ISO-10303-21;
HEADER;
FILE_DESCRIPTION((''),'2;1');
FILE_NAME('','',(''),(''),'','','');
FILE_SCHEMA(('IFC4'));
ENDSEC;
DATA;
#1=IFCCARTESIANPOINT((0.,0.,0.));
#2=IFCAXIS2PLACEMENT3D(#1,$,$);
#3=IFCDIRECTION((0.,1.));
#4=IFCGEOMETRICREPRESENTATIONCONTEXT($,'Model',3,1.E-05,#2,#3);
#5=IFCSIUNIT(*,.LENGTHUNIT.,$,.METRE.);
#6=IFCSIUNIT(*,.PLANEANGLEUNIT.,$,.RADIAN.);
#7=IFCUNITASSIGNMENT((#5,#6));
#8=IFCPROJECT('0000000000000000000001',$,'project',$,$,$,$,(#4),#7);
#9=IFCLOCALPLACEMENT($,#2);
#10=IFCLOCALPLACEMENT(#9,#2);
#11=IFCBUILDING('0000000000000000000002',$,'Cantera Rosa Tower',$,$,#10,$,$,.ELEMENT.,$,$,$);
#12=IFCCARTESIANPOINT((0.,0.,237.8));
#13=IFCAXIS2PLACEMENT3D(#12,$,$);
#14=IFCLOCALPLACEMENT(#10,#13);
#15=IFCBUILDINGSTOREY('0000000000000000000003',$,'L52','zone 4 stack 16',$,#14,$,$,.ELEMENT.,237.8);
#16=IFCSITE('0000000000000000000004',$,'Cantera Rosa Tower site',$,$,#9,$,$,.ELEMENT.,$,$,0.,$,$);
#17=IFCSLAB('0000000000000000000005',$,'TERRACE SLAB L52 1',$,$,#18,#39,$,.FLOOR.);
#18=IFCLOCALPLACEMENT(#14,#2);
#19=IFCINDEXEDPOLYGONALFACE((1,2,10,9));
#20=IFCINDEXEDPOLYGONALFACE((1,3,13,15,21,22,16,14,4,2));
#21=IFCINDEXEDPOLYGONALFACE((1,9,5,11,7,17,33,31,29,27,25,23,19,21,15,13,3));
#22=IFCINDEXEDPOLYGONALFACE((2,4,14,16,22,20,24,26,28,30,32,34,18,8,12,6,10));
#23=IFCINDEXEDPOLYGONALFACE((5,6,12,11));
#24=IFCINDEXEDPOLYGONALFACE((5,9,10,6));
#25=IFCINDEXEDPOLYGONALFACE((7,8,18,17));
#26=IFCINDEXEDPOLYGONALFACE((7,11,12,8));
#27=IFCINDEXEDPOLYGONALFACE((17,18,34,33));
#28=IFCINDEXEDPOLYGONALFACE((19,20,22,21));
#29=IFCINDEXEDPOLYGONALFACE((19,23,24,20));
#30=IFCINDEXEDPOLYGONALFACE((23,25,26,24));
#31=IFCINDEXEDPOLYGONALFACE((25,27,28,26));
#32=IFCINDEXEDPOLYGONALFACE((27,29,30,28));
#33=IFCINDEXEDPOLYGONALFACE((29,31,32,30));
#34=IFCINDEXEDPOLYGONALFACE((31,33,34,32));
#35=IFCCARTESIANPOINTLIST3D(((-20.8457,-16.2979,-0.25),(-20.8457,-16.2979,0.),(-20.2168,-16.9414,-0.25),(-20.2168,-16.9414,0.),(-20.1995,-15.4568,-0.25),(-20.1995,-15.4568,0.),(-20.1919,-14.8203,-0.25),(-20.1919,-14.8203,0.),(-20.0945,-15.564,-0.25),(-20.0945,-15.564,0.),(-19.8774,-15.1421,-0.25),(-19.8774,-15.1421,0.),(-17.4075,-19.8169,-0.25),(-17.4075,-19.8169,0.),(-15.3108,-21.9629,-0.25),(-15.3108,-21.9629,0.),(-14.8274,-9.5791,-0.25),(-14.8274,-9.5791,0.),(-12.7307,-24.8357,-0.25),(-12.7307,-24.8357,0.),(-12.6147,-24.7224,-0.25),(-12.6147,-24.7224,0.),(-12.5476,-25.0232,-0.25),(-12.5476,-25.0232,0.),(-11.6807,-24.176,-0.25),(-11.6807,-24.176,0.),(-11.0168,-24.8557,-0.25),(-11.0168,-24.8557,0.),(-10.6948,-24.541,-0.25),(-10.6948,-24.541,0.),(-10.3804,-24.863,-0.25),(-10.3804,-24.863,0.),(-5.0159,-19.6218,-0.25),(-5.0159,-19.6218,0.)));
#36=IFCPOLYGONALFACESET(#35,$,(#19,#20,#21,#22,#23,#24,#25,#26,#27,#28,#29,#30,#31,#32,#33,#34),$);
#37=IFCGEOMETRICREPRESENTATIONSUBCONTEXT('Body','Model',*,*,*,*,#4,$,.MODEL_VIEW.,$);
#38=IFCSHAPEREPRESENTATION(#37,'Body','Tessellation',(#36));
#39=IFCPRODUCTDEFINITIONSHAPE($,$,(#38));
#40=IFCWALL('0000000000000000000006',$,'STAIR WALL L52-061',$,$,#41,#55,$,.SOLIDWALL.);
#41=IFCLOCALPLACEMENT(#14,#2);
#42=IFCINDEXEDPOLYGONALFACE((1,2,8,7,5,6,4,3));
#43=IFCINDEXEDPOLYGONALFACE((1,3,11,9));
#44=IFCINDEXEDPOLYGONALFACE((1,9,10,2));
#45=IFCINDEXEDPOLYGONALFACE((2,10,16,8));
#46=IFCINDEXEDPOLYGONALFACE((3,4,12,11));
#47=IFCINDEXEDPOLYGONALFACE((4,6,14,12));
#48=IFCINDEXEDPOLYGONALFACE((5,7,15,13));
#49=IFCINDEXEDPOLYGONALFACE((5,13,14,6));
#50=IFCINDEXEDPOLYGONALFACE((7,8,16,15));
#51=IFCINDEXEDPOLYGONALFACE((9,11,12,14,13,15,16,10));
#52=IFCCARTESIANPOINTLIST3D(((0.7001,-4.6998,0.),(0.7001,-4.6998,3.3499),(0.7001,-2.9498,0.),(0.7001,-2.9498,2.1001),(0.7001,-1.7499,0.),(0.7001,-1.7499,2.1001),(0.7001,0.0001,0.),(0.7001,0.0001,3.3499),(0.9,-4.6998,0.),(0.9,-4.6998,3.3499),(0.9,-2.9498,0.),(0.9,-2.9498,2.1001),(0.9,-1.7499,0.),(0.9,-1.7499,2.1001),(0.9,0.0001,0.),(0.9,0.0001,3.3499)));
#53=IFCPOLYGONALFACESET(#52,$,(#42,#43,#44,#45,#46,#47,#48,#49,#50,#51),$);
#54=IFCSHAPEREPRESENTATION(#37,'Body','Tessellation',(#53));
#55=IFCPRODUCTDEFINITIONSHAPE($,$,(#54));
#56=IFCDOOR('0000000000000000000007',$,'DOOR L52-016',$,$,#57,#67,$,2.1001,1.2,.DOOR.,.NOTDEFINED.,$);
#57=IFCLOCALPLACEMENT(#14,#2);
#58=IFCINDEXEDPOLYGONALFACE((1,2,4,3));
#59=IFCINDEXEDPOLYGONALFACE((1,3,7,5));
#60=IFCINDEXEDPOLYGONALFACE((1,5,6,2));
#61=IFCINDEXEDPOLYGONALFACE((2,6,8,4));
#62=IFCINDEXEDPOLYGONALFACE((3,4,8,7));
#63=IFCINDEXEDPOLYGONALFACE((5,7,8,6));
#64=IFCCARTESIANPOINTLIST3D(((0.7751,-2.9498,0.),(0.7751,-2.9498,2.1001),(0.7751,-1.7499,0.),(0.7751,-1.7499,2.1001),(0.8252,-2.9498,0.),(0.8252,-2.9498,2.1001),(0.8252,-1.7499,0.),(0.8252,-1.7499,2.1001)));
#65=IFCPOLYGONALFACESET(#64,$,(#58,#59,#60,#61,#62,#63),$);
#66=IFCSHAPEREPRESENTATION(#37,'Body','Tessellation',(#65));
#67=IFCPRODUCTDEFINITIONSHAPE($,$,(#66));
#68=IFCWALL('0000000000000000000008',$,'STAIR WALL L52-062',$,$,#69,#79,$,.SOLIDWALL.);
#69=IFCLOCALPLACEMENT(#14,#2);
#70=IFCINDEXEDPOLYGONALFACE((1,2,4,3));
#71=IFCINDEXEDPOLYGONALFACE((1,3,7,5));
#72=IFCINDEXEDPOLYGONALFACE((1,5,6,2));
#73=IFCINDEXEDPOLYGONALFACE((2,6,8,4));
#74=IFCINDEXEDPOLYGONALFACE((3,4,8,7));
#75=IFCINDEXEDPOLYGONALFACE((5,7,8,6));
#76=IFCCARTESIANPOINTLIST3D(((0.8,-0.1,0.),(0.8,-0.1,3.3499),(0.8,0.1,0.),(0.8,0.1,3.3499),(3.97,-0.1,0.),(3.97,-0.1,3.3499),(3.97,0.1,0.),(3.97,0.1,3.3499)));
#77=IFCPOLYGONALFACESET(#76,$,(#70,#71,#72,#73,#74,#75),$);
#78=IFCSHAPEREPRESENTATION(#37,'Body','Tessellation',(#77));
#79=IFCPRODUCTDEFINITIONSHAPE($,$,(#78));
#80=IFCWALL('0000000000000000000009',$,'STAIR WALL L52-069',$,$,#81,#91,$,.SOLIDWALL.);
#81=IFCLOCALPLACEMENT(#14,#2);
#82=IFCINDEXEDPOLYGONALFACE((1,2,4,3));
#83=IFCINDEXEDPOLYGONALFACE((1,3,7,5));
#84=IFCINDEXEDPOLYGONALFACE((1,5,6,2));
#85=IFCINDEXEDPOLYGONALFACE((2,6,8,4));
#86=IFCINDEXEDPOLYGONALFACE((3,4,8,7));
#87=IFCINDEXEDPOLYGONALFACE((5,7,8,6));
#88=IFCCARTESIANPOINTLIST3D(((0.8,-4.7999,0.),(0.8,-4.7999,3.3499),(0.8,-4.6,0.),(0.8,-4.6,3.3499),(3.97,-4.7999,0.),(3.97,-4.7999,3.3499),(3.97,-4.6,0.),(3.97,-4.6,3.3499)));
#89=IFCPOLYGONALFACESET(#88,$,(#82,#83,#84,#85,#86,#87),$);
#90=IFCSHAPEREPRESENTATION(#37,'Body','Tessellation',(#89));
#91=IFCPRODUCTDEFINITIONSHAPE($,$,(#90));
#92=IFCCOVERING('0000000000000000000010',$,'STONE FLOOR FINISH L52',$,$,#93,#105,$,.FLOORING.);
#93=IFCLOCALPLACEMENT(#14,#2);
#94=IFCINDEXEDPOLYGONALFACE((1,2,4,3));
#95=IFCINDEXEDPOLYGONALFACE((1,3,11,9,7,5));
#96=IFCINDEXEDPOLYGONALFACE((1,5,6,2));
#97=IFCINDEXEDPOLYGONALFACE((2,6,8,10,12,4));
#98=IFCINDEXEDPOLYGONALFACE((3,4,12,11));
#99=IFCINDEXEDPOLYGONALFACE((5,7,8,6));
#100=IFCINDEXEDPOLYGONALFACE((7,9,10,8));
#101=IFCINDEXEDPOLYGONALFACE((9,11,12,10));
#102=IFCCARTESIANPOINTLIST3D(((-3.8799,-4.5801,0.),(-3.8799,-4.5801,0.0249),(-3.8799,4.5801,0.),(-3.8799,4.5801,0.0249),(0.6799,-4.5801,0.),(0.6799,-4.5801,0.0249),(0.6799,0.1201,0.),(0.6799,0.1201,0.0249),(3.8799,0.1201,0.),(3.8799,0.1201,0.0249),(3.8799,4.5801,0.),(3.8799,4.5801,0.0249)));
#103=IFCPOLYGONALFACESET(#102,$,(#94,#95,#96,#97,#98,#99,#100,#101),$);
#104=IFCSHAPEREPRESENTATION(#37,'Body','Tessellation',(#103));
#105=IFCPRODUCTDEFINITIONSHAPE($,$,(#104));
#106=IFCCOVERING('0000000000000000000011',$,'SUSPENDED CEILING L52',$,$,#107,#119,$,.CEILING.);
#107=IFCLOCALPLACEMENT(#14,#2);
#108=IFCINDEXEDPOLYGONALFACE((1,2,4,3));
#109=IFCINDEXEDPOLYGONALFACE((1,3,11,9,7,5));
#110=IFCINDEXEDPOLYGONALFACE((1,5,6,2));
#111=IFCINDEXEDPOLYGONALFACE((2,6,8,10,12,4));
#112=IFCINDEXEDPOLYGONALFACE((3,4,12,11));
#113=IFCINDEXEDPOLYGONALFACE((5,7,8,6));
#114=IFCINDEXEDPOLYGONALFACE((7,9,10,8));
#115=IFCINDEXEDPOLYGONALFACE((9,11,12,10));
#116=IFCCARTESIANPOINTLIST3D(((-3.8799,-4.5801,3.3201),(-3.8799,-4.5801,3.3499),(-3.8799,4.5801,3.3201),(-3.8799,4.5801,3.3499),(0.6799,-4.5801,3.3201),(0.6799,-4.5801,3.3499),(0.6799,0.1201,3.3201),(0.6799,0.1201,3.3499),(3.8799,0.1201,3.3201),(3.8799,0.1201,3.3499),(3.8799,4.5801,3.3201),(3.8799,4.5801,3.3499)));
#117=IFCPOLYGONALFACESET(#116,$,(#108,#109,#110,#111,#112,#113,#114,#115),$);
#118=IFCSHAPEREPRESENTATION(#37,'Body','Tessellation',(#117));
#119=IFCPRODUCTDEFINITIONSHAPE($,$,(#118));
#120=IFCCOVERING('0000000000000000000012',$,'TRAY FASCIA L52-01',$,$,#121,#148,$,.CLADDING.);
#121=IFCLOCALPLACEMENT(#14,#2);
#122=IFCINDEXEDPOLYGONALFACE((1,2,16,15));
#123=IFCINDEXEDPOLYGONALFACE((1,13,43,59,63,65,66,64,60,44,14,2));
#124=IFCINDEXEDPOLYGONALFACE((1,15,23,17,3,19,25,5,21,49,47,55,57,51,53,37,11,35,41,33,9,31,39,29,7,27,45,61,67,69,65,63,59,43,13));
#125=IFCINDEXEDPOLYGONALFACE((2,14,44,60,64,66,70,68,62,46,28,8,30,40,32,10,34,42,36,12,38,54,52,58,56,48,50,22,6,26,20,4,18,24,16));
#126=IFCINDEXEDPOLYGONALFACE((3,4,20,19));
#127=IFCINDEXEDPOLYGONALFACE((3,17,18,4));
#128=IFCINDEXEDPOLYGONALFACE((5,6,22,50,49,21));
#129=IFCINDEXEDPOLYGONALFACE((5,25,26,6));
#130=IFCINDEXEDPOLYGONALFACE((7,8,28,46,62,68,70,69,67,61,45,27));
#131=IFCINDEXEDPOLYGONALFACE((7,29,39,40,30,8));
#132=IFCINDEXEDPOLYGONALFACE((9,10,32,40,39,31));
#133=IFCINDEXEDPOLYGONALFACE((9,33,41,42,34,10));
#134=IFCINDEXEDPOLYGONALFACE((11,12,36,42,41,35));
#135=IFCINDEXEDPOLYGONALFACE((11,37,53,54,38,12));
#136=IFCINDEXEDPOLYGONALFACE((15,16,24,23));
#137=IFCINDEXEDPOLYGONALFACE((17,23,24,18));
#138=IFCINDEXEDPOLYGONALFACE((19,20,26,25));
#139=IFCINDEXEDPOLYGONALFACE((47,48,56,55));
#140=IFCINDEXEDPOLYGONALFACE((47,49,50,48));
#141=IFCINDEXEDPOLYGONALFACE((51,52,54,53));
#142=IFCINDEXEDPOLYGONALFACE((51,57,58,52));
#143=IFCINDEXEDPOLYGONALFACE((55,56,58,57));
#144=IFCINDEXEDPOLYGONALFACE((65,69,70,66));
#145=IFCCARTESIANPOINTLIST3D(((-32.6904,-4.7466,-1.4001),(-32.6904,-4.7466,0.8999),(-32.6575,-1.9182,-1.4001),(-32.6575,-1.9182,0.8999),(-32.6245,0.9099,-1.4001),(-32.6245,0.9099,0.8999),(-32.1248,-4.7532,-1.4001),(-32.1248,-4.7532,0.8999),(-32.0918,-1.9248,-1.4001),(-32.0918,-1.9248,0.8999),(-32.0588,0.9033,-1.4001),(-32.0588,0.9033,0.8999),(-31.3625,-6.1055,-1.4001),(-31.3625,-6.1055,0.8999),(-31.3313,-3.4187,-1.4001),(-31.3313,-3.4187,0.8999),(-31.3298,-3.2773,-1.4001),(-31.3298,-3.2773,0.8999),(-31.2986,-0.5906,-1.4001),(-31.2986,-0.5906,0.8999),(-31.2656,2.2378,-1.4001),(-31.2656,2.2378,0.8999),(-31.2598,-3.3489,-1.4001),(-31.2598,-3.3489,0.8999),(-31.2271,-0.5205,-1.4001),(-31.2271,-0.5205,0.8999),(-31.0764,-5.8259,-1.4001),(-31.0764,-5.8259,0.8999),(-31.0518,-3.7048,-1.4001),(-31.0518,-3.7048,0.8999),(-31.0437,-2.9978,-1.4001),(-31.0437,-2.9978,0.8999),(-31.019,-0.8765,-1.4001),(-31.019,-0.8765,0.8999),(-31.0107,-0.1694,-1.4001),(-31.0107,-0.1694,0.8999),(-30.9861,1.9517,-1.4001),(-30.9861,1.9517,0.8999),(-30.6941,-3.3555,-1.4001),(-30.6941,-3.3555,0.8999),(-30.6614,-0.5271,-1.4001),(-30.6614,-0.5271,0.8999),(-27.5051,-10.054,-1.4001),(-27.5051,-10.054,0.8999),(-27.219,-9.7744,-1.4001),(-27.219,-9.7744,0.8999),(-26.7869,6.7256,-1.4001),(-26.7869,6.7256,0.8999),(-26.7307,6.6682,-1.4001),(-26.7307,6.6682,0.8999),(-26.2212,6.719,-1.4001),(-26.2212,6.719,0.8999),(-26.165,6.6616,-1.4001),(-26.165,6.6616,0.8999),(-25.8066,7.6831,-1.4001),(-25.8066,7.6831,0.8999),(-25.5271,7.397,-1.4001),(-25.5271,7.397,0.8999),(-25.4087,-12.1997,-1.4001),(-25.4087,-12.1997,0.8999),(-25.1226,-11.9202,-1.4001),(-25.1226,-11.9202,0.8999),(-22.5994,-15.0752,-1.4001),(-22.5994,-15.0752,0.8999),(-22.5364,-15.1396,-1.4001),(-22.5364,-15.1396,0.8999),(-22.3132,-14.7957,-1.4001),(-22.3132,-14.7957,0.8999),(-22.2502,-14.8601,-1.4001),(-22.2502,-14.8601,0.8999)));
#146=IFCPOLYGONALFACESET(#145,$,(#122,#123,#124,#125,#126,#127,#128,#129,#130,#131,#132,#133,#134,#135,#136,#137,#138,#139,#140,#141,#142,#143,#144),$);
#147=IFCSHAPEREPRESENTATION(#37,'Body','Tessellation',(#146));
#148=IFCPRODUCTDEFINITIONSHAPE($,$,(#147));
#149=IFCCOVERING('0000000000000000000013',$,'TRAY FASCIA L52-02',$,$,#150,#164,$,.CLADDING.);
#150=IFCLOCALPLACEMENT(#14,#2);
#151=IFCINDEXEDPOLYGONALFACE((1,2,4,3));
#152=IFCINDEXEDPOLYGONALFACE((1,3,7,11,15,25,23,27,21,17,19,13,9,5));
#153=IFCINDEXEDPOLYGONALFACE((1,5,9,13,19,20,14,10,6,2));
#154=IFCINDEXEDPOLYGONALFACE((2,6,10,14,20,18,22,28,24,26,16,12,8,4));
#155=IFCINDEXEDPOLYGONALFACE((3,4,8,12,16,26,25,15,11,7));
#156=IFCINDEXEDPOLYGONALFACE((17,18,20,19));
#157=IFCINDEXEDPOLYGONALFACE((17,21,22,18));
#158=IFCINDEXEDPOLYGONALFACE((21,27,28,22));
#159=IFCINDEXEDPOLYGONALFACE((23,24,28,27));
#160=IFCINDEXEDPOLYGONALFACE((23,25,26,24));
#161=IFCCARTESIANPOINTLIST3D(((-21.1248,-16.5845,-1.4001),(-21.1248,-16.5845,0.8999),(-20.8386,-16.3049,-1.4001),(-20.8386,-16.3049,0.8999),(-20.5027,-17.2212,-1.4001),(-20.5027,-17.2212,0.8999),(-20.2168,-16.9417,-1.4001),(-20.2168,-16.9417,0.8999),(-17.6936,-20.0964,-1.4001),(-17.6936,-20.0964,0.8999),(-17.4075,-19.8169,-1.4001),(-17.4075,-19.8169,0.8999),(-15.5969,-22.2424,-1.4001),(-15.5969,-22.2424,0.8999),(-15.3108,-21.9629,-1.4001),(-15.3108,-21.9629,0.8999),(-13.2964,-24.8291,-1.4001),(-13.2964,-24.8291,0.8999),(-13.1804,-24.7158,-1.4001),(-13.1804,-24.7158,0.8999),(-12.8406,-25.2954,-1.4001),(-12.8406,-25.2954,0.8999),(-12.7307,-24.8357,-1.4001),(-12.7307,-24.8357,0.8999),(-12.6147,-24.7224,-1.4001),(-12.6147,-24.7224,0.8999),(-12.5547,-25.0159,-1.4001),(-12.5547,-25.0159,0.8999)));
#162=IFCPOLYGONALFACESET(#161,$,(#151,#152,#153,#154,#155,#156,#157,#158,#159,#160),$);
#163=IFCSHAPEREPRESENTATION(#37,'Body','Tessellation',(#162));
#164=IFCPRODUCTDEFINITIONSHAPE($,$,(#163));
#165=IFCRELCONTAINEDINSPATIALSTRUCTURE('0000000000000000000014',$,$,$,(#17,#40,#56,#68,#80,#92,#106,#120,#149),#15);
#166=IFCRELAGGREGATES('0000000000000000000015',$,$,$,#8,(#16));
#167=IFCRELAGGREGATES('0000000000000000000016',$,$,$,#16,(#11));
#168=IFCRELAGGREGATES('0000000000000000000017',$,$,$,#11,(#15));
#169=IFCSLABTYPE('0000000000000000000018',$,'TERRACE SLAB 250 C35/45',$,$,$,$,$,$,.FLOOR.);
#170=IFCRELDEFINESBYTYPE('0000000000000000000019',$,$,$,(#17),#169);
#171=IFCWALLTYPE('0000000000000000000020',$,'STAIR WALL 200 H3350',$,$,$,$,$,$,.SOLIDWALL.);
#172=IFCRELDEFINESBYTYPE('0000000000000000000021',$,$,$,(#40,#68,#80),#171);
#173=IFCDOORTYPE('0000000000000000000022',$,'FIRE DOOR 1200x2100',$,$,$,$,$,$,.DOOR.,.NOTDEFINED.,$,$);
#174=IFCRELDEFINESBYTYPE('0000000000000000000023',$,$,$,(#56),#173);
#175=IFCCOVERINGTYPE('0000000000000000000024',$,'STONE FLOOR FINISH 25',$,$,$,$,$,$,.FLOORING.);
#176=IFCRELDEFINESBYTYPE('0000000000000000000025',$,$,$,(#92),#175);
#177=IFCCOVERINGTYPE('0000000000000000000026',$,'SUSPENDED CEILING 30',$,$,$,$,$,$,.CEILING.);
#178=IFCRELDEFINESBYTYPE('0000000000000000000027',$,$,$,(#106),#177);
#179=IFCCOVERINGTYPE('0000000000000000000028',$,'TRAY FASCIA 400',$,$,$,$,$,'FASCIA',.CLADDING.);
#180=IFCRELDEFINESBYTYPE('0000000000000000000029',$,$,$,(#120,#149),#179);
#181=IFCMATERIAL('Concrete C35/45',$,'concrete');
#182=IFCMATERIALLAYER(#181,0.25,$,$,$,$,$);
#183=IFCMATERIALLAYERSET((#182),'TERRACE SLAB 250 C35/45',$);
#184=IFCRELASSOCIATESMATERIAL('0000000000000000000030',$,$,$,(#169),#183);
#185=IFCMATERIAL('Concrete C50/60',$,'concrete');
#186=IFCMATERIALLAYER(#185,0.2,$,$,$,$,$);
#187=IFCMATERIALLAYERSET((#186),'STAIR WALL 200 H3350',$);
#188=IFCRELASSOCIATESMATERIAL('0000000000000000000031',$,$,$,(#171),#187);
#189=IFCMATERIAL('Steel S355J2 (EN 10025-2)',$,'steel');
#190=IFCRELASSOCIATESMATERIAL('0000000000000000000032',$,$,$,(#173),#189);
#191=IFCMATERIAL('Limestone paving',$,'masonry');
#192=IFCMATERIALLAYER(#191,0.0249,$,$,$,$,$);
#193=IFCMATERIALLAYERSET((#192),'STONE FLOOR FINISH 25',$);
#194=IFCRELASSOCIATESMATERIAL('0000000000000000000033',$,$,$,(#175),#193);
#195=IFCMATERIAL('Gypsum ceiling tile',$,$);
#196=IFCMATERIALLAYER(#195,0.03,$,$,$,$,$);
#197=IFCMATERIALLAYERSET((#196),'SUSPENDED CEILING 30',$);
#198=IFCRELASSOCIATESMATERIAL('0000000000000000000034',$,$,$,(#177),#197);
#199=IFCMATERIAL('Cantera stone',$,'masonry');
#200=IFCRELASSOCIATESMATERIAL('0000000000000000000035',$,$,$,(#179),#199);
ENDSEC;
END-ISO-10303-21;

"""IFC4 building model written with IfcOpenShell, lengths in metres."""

from ifc_helpers import new_model, si_unit, direction, frame, frame_2d, origin, place, context, subcontext, project, spatial, polyline, rectangle, outline, extrude, material, layer, layer_set, type_object, element, fill, save


model = new_model("IFC4")

# Units and contexts
model_context = context("Model", 3, precision=1e-05, world=origin(), true_north=direction((0.0, 1.0)))
body_context = subcontext(model_context, "Body", "Model", "MODEL_VIEW")
ifc_project = project(units=[si_unit("LENGTHUNIT", "METRE"), si_unit("PLANEANGLEUNIT", "RADIAN")], contexts=[model_context])

# Site, building, storey
site_placement = place(None, origin())
site = spatial("IfcSite", under=ifc_project, at=site_placement, Name="Cantera Rosa Tower site", CompositionType="ELEMENT", RefElevation=0.0)
building_placement = place(site_placement, origin())
building = spatial("IfcBuilding", under=site, at=building_placement, Name="Cantera Rosa Tower", CompositionType="ELEMENT")
storey_placement = place(building_placement, frame((0.0, 0.0, 237.8)))
storey = spatial("IfcBuildingStorey", under=building, at=storey_placement, Name="L52", Description="zone 4 stack 16", CompositionType="ELEMENT", Elevation=237.8)

# Slab
ifc_material_1 = material(Name="Concrete C35/45", Category="concrete")
ifc_layer_1 = layer(ifc_material_1, 0.25)
ifc_layer_set_1 = layer_set([ifc_layer_1], Name="TERRACE SLAB 250 C35/45")
slab_type_1 = type_object("IfcSlabType", Name="TERRACE SLAB 250 C35/45", PredefinedType="FLOOR", material=ifc_layer_set_1)
slab_1_placement = place(storey_placement, frame((0.0, 0.0, -0.25)))
element("IfcSlab", 1, at=slab_1_placement, inside=storey, type_object=slab_type_1, Name="TERRACE SLAB L52 1", PredefinedType="FLOOR", context=body_context, shape_type="SweptSolid", body=[
    extrude(outline(polyline([(-20.2168, -16.9414), (-20.8457, -16.2979), (-20.0945, -15.564), (-20.1995, -15.4568), (-19.8774, -15.1421), (-20.1919, -14.8203), (-14.8274, -9.5791), (-5.0159, -19.6218), (-10.3804, -24.863), (-10.6948, -24.541), (-11.0168, -24.8557), (-11.6807, -24.176), (-12.5476, -25.0232), (-12.7307, -24.8357), (-12.6147, -24.7224), (-15.3108, -21.9629), (-17.4075, -19.8169), (-20.2168, -16.9414)])), origin(), (0.0, 0.0, 1.0), 0.25),
])

# Wall, opening, door
ifc_material_2 = material(Name="Concrete C50/60", Category="concrete")
ifc_layer_2 = layer(ifc_material_2, 0.2)
ifc_layer_set_2 = layer_set([ifc_layer_2], Name="STAIR WALL 200 H3350")
wall_type = type_object("IfcWallType", Name="STAIR WALL 200 H3350", PredefinedType="SOLIDWALL", material=ifc_layer_set_2)
wall_placement = place(storey_placement, frame((0.8, -4.7, 0.0), z_axis=(0.0, 0.0, 1.0), x_axis=(0.0, 1.0, 0.0)))
wall = element("IfcWall", 2, at=wall_placement, inside=storey, type_object=wall_type, Name="STAIR WALL L52-061", PredefinedType="SOLIDWALL", context=body_context, shape_type="SweptSolid", body=[
    extrude(rectangle(XDim=4.7, YDim=0.2, at=frame_2d((2.3501, 0.0))), origin(), (0.0, 0.0, 1.0), 3.3499),
])
opening_placement = place(wall_placement, frame((1.75, 0.0, 0.0)))
opening = element("IfcOpeningElement", 3, at=opening_placement, cuts=wall, PredefinedType="OPENING", context=body_context, shape_type="SweptSolid", body=[
    extrude(rectangle(XDim=1.2, YDim=2.1001, at=frame_2d((0.6001, 1.05))), frame((0.0, 0.1099, 0.0), z_axis=(0.0, -1.0, 0.0), x_axis=(1.0, 0.0, 0.0)), (0.0, 0.0, 1.0), 0.22),
])
ifc_material_3 = material(Name="Steel S355J2 (EN 10025-2)", Category="steel")
door_type = type_object("IfcDoorType", Name="FIRE DOOR 1200x2100", OperationType="NOTDEFINED", PredefinedType="DOOR", material=ifc_material_3)
door_placement = place(opening_placement, origin())
door = element("IfcDoor", 4, at=door_placement, inside=storey, type_object=door_type, Name="DOOR L52-016", OperationType="NOTDEFINED", OverallHeight=2.1001, OverallWidth=1.2, PredefinedType="DOOR", context=body_context, shape_type="SweptSolid", body=[
    extrude(rectangle(XDim=1.2, YDim=2.1001, at=frame_2d((0.6001, 1.05))), frame((0.0, 0.0249, 0.0), z_axis=(0.0, -1.0, 0.0), x_axis=(1.0, 0.0, 0.0)), (0.0, 0.0, 1.0), 0.05),
])
fill(opening, door)

# Walls
for number, where, z_axis, x_axis, name in (
    (5, (0.8, 0.0, 0.0), (0.0, 0.0, 1.0), (1.0, 0.0, 0.0), "STAIR WALL L52-062"),
    (6, (3.97, -4.7, 0.0), (0.0, 0.0, 1.0), (-1.0, 0.0, 0.0), "STAIR WALL L52-069"),
):
    element("IfcWall", number, at=place(storey_placement, frame(where, z_axis=z_axis, x_axis=x_axis)), inside=storey, type_object=wall_type, Name=name, PredefinedType="SOLIDWALL", context=body_context, shape_type="SweptSolid", body=[
        extrude(rectangle(XDim=3.1699, YDim=0.2, at=frame_2d((1.585, 0.0))), origin(), (0.0, 0.0, 1.0), 3.3499),
    ])

# Coverings
ifc_material_4 = material(Name="Limestone paving", Category="masonry")
ifc_layer_3 = layer(ifc_material_4, 0.0249)
ifc_layer_set_3 = layer_set([ifc_layer_3], Name="STONE FLOOR FINISH 25")
covering_type_1 = type_object("IfcCoveringType", Name="STONE FLOOR FINISH 25", PredefinedType="FLOORING", material=ifc_layer_set_3)
covering_1_placement = place(storey_placement, origin())
element("IfcCovering", 7, at=covering_1_placement, inside=storey, type_object=covering_type_1, Name="STONE FLOOR FINISH L52", PredefinedType="FLOORING", context=body_context, shape_type="SweptSolid", body=[
    extrude(outline(polyline([(3.8799, 4.5801), (3.8799, 0.1201), (0.6799, 0.1201), (0.6799, -4.5801), (-3.8799, -4.5801), (-3.8799, 4.5801), (3.8799, 4.5801)])), origin(), (0.0, 0.0, 1.0), 0.0249),
])
ifc_material_5 = material(Name="Gypsum ceiling tile")
ifc_layer_4 = layer(ifc_material_5, 0.03)
ifc_layer_set_4 = layer_set([ifc_layer_4], Name="SUSPENDED CEILING 30")
covering_type_2 = type_object("IfcCoveringType", Name="SUSPENDED CEILING 30", PredefinedType="CEILING", material=ifc_layer_set_4)
covering_2_placement = place(storey_placement, frame((0.0, 0.0, 3.3201)))
element("IfcCovering", 8, at=covering_2_placement, inside=storey, type_object=covering_type_2, Name="SUSPENDED CEILING L52", PredefinedType="CEILING", context=body_context, shape_type="SweptSolid", body=[
    extrude(outline(polyline([(3.8799, 4.5801), (3.8799, 0.1201), (0.6799, 0.1201), (0.6799, -4.5801), (-3.8799, -4.5801), (-3.8799, 4.5801), (3.8799, 4.5801)])), origin(), (0.0, 0.0, 1.0), 0.0298),
])
ifc_material_6 = material(Name="Cantera stone", Category="masonry")
covering_type_3 = type_object("IfcCoveringType", Name="TRAY FASCIA 400", ElementType="FASCIA", PredefinedType="CLADDING", material=ifc_material_6)
covering_3_placement = place(storey_placement, frame((0.0, 0.0, -1.4001)))
element("IfcCovering", 9, at=covering_3_placement, inside=storey, type_object=covering_type_3, Name="TRAY FASCIA L52-01", PredefinedType="CLADDING", context=body_context, shape_type="SweptSolid", body=[
    extrude(outline(polyline([(-25.8066, 7.6831), (-25.5271, 7.397), (-26.2212, 6.719), (-26.165, 6.6616), (-30.9861, 1.9517), (-32.0588, 0.9033), (-31.0107, -0.1694), (-30.6614, -0.5271), (-31.019, -0.8765), (-32.0918, -1.9248), (-31.0437, -2.9978), (-30.6941, -3.3555), (-31.0518, -3.7048), (-32.1248, -4.7532), (-31.0764, -5.8259), (-27.219, -9.7744), (-25.1226, -11.9202), (-22.3132, -14.7957), (-22.2502, -14.8601), (-22.5364, -15.1396), (-22.5994, -15.0752), (-25.4087, -12.1997), (-27.5051, -10.054), (-31.3625, -6.1055), (-32.6904, -4.7466), (-31.3313, -3.4187), (-31.2598, -3.3489), (-31.3298, -3.2773), (-32.6575, -1.9182), (-31.2986, -0.5906), (-31.2271, -0.5205), (-32.6245, 0.9099), (-31.2656, 2.2378), (-26.7307, 6.6682), (-26.7869, 6.7256), (-25.8066, 7.6831)])), origin(), (0.0, 0.0, 1.0), 2.3),
])
covering_4_placement = place(storey_placement, frame((0.0, 0.0, -1.4001)))
element("IfcCovering", 10, at=covering_4_placement, inside=storey, type_object=covering_type_3, Name="TRAY FASCIA L52-02", PredefinedType="CLADDING", context=body_context, shape_type="SweptSolid", body=[
    extrude(outline(polyline([(-13.2964, -24.8291), (-13.1804, -24.7158), (-15.5969, -22.2424), (-17.6936, -20.0964), (-20.5027, -17.2212), (-21.1248, -16.5845), (-20.8386, -16.3049), (-20.2168, -16.9417), (-17.4075, -19.8169), (-15.3108, -21.9629), (-12.6147, -24.7224), (-12.7307, -24.8357), (-12.5547, -25.0159), (-12.8406, -25.2954), (-13.2964, -24.8291)])), origin(), (0.0, 0.0, 1.0), 2.3),
])

save(model, "model.ifc")
